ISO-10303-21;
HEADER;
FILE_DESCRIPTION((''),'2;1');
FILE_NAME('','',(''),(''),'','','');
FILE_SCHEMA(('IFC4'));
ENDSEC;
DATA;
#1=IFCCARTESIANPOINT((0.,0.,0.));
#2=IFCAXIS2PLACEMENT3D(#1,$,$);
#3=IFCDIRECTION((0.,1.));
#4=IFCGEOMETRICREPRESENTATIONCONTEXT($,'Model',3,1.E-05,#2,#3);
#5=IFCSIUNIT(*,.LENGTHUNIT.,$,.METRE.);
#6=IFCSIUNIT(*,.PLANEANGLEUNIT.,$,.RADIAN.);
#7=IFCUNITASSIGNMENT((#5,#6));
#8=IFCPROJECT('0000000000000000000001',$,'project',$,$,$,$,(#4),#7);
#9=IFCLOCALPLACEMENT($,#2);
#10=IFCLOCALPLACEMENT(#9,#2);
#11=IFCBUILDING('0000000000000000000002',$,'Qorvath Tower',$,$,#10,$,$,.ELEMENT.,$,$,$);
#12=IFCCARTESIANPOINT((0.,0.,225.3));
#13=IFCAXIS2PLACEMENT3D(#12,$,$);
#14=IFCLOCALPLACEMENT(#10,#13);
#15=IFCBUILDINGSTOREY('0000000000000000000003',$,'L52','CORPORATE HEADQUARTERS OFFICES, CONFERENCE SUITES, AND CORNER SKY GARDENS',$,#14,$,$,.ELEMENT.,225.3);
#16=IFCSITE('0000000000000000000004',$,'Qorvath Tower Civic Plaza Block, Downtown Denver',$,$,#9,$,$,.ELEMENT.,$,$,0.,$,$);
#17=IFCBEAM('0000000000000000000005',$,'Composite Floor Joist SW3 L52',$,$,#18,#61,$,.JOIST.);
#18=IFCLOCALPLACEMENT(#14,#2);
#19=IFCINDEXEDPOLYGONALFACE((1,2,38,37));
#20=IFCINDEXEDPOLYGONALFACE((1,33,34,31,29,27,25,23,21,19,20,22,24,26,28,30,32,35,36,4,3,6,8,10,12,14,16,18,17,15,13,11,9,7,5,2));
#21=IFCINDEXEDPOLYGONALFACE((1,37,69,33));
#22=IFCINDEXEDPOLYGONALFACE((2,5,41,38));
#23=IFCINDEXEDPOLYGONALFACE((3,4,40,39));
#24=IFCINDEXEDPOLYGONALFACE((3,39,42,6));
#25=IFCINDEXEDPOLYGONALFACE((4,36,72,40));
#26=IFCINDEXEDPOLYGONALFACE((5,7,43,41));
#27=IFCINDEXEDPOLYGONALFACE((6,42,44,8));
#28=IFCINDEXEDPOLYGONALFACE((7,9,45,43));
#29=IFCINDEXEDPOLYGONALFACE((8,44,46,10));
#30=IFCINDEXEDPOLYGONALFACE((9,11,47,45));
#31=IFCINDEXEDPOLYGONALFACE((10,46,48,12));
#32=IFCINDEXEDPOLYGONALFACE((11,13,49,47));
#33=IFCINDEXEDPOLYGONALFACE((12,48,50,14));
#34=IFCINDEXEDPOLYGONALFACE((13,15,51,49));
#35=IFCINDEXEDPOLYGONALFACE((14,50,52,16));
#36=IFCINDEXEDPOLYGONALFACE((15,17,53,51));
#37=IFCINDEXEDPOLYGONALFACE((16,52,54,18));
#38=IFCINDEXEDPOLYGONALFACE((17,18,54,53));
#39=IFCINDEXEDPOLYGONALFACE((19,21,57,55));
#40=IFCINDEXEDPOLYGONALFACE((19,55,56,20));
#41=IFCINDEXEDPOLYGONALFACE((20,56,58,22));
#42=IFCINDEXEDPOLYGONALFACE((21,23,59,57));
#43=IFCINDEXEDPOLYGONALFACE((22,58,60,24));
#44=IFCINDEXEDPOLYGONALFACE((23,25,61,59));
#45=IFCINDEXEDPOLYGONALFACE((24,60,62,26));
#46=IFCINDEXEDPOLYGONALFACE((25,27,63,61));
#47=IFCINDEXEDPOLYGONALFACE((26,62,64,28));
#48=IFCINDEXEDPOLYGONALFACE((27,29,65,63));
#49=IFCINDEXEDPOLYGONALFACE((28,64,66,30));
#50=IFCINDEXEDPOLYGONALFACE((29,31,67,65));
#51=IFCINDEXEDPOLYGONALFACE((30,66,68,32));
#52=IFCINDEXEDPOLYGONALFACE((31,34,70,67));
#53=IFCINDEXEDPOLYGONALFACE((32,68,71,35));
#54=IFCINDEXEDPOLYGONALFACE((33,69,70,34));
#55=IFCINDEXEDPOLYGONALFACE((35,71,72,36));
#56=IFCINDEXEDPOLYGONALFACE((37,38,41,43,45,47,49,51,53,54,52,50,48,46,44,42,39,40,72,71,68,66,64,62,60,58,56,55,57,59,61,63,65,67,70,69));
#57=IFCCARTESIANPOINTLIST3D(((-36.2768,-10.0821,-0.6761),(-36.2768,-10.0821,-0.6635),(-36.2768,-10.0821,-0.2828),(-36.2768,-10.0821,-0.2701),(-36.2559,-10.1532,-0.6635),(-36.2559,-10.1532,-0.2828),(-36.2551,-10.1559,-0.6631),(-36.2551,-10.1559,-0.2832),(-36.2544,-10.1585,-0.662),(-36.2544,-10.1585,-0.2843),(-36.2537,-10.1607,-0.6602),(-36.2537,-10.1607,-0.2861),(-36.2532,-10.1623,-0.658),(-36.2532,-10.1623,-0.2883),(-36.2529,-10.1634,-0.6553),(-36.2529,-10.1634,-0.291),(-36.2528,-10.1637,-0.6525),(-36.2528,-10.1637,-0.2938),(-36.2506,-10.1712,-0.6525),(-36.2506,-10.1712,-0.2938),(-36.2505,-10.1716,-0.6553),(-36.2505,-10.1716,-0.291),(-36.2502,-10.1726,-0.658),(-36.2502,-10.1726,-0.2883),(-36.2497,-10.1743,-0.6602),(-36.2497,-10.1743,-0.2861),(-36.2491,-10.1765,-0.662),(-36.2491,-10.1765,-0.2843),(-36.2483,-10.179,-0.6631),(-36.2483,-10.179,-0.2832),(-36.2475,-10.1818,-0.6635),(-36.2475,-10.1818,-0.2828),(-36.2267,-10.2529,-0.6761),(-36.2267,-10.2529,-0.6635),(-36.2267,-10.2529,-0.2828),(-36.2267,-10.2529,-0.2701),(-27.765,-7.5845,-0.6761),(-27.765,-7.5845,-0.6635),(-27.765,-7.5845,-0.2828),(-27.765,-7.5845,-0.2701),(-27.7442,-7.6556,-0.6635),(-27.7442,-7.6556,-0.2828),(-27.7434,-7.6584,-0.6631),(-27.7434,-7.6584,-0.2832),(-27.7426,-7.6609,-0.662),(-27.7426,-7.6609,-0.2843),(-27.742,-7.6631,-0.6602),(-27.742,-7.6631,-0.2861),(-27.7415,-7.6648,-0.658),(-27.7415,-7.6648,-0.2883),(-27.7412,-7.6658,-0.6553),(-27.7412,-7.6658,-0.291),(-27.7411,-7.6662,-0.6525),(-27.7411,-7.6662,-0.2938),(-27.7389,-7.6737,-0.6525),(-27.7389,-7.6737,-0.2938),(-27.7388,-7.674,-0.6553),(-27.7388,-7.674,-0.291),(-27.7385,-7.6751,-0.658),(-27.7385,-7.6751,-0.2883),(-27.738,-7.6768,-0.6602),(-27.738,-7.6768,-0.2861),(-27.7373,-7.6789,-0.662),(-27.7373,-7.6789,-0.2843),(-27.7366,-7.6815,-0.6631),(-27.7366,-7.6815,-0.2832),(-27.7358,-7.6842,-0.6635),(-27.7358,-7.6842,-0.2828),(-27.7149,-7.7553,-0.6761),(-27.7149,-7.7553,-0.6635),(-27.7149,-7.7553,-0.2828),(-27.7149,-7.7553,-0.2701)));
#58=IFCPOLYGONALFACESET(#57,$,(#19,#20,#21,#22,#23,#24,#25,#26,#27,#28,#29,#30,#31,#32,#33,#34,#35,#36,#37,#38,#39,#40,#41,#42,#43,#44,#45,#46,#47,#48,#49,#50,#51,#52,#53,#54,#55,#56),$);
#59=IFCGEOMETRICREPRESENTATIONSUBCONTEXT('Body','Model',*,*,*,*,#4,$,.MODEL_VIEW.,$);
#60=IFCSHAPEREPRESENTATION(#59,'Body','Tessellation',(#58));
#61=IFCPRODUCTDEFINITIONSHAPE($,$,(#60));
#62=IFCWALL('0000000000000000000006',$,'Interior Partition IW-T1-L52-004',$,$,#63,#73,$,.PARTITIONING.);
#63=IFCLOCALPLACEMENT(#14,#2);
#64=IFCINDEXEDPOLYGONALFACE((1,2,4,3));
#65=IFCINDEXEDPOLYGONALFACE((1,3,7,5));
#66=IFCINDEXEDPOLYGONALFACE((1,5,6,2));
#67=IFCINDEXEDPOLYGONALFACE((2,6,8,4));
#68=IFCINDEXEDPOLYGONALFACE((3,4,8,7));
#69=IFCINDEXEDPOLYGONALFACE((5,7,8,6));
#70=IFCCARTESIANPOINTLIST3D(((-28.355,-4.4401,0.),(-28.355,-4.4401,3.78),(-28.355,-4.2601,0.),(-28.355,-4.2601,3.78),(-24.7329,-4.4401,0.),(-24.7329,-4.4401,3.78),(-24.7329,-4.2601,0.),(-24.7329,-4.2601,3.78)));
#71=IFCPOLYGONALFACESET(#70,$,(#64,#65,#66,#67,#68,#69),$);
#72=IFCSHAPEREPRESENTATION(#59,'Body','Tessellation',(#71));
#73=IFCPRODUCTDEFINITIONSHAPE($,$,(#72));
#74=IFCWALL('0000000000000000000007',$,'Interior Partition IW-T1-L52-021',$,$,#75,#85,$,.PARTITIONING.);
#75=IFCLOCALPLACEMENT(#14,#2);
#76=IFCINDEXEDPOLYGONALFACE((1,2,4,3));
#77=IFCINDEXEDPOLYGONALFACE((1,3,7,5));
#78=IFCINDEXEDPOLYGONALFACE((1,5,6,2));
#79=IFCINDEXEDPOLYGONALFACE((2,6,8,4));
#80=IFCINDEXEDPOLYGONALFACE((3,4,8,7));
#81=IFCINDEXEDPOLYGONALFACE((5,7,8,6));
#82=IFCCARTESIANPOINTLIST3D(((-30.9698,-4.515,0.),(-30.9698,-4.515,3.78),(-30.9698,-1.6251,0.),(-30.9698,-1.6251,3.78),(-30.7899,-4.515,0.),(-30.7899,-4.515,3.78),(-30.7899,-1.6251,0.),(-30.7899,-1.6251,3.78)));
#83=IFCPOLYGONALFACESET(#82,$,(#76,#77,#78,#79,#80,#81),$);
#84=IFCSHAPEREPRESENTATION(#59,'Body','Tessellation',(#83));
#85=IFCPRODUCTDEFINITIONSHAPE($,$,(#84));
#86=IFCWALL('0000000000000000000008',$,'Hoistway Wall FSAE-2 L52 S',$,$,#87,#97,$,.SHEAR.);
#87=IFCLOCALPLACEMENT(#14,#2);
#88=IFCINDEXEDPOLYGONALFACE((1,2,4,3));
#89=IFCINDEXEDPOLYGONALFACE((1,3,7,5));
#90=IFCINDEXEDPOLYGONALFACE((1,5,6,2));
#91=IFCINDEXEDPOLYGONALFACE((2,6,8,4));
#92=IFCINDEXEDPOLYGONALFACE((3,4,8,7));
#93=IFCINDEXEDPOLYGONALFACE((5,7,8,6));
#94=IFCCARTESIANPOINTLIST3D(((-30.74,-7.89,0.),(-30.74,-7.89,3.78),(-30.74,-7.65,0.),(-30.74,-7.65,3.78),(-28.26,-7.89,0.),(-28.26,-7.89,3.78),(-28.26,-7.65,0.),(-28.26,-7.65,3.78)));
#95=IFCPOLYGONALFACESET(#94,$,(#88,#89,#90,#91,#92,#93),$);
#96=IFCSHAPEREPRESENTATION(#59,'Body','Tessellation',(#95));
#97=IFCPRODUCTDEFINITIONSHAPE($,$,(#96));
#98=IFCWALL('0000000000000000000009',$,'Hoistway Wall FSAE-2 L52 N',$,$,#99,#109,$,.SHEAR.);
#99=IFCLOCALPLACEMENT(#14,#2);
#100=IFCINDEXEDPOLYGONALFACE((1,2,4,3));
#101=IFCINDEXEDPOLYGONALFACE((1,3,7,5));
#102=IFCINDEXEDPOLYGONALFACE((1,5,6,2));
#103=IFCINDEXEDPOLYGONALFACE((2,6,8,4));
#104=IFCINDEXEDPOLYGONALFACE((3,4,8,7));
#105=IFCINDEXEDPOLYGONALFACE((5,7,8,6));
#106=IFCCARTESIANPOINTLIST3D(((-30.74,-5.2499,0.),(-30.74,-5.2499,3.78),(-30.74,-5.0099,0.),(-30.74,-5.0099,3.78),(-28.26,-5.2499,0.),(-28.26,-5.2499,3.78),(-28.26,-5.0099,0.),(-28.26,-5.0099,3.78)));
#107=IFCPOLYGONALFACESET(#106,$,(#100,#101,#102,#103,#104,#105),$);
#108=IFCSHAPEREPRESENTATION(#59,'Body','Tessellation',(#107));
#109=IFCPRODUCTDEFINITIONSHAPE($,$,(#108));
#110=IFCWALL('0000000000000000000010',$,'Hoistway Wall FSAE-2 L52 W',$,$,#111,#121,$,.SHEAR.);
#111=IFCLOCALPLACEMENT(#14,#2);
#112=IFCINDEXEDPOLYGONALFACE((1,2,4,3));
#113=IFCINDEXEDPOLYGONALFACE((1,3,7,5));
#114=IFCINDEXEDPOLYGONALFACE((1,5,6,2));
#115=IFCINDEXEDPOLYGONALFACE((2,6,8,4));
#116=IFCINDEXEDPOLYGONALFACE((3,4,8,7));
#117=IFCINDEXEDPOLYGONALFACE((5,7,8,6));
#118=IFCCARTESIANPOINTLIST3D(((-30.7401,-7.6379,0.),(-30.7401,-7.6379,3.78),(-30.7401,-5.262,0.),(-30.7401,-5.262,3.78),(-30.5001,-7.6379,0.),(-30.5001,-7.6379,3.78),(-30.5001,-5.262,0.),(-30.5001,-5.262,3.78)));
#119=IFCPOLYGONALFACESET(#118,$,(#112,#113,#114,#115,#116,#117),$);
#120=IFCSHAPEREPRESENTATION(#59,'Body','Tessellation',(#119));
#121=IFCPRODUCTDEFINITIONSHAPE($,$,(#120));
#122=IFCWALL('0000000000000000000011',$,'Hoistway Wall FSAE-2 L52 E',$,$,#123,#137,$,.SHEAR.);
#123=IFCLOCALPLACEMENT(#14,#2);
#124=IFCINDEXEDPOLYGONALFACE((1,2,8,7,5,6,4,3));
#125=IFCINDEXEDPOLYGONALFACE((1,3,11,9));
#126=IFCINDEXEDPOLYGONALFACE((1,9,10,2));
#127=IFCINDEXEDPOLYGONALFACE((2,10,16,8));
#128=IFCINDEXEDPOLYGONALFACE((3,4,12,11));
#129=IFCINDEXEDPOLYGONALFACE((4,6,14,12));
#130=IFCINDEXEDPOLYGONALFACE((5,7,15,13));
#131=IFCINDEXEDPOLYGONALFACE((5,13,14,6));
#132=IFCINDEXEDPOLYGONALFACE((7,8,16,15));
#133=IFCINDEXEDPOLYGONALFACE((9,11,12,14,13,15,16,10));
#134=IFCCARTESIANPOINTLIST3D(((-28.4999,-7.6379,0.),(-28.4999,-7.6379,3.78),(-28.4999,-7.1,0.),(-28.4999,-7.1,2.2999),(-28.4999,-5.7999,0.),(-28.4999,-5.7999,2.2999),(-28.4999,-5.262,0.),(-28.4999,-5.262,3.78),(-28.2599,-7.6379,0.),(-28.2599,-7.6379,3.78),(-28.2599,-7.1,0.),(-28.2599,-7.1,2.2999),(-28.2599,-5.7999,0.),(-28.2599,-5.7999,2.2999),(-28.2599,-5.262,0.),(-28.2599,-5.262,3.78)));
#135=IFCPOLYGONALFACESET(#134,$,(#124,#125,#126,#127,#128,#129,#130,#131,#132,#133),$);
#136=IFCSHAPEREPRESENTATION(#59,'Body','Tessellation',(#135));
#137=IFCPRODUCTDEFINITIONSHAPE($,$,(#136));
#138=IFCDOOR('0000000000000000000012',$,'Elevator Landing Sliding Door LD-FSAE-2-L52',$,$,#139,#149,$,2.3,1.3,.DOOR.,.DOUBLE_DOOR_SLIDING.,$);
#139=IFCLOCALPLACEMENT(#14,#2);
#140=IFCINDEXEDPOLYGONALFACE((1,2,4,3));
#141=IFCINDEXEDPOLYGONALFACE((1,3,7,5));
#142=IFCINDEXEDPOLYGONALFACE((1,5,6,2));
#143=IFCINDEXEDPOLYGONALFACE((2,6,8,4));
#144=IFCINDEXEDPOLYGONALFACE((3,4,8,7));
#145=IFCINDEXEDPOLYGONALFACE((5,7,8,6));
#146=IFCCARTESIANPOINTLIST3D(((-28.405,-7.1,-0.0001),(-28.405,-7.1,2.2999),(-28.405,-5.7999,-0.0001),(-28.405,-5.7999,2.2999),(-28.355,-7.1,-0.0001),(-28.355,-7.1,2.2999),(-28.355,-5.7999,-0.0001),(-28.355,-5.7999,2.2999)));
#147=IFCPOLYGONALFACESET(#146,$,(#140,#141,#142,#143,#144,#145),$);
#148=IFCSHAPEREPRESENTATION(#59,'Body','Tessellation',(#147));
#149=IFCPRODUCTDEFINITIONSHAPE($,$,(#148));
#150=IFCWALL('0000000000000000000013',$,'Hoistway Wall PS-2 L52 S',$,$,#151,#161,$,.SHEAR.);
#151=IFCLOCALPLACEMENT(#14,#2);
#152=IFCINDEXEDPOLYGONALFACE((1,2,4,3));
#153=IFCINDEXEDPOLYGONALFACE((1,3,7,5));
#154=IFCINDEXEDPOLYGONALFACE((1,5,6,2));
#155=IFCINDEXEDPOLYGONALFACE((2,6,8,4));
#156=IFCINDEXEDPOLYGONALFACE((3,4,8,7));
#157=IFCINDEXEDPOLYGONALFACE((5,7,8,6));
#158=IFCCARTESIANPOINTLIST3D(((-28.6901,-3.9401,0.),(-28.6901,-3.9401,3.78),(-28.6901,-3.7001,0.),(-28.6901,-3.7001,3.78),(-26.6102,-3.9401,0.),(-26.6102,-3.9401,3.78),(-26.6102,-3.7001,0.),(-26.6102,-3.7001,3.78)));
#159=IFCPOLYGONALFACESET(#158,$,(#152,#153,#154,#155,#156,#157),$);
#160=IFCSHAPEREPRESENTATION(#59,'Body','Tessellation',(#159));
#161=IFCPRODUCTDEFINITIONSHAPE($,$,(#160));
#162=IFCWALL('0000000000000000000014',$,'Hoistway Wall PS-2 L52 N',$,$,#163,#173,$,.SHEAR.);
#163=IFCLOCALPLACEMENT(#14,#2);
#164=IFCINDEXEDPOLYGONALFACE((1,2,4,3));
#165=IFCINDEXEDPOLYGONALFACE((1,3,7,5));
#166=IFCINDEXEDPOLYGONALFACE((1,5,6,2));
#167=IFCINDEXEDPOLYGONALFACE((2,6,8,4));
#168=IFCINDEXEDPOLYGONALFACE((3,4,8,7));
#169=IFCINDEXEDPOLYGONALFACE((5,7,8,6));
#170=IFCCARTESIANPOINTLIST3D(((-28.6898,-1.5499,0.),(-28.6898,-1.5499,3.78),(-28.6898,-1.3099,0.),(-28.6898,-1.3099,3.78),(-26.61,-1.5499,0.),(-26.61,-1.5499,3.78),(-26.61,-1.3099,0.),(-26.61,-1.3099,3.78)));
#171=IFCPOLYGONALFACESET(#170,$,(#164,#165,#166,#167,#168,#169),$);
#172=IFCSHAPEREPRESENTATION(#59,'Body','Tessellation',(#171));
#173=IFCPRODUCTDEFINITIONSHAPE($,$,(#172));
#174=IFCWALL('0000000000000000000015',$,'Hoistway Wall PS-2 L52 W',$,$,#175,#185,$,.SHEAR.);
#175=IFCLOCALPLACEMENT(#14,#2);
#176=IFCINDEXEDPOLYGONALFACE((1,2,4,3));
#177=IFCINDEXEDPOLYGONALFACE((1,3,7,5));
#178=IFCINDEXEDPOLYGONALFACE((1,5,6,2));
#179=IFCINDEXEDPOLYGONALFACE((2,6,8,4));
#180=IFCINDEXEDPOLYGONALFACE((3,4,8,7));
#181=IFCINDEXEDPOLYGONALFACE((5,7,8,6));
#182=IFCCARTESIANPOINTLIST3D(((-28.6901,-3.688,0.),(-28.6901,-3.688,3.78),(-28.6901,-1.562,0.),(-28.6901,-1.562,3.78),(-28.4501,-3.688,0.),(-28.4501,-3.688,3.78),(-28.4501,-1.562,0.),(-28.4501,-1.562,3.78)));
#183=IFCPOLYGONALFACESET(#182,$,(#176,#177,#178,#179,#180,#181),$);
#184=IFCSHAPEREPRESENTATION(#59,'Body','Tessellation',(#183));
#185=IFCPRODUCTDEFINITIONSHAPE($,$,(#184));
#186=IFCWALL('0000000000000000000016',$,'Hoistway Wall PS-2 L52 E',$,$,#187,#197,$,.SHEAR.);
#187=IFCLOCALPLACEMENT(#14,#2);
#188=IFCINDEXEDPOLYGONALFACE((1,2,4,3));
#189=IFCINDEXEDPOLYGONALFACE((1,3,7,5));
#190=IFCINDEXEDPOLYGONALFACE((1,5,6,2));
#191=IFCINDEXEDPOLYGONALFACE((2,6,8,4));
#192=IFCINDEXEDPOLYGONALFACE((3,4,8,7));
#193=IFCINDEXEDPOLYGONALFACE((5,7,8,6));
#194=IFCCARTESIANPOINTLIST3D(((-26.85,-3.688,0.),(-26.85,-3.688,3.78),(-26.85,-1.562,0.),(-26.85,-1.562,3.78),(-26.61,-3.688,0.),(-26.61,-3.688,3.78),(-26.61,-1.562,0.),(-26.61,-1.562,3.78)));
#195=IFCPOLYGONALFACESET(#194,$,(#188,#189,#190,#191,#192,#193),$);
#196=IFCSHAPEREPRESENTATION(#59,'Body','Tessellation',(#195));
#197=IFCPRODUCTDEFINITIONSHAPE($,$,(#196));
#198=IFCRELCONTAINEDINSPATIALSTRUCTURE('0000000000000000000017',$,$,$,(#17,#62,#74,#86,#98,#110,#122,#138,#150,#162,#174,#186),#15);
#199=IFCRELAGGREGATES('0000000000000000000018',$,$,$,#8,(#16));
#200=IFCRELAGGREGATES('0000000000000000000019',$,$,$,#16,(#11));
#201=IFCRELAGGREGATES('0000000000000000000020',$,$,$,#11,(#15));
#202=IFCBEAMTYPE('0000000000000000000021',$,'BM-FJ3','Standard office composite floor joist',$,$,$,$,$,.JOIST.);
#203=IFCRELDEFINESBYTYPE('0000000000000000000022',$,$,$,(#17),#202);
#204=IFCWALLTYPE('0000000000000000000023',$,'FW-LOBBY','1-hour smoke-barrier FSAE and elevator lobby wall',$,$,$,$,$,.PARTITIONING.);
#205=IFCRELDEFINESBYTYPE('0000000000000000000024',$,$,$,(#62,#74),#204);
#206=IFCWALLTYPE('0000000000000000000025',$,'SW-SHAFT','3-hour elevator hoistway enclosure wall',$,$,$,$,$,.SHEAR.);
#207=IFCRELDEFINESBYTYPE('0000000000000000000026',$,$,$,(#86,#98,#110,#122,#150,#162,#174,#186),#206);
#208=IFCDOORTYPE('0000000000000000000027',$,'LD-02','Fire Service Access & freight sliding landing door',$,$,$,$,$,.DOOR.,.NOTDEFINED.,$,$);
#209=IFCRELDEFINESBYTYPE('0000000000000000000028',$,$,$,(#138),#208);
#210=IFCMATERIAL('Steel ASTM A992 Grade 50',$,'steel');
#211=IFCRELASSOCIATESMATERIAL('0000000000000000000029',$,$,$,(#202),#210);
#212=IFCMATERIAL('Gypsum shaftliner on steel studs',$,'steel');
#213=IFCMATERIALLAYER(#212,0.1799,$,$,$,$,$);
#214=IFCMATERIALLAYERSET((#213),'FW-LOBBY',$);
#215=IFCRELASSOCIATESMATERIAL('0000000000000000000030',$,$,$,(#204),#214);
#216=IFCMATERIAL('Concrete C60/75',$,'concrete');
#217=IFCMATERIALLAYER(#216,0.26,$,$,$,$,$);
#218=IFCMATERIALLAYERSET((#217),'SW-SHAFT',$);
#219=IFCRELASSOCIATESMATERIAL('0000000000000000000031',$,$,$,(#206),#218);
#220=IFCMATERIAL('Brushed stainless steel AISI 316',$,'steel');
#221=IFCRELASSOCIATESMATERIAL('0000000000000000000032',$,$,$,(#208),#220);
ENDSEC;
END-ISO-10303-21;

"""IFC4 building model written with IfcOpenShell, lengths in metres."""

from ifc_helpers import new_model, si_unit, direction, frame, frame_2d, origin, origin_2d, place, context, subcontext, project, spatial, rectangle, i_section, extrude, material, layer, layer_set, material_profile, profile_set, type_object, element, fill, save


model = new_model("IFC4")

# Units and contexts
model_context = context("Model", 3, precision=1e-05, world=origin(), true_north=direction((0.0, 1.0)))
body_context = subcontext(model_context, "Body", "Model", "MODEL_VIEW")
ifc_project = project(units=[si_unit("LENGTHUNIT", "METRE"), si_unit("PLANEANGLEUNIT", "RADIAN")], contexts=[model_context])

# Site, building, storey
site_placement = place(None, origin())
site = spatial("IfcSite", under=ifc_project, at=site_placement, Name="Qorvath Tower Civic Plaza Block, Downtown Denver", CompositionType="ELEMENT", RefElevation=0.0)
building_placement = place(site_placement, origin())
building = spatial("IfcBuilding", under=site, at=building_placement, Name="Qorvath Tower", CompositionType="ELEMENT")
storey_placement = place(building_placement, frame((0.0, 0.0, 225.3)))
storey = spatial("IfcBuildingStorey", under=building, at=storey_placement, Name="L52", Description="CORPORATE HEADQUARTERS OFFICES, CONFERENCE SUITES, AND CORNER SKY GARDENS", CompositionType="ELEMENT", Elevation=225.3)

# Beam
ifc_material_1 = material(Name="Steel ASTM A992 Grade 50", Category="steel")
ifc_material_profile_1 = material_profile(ifc_material_1, i_section(OverallWidth=0.178, OverallDepth=0.406, WebThickness=0.0078, FlangeThickness=0.0127, FilletRadius=0.011, at=origin_2d()), Name="W16x40")
ifc_profile_set_1 = profile_set([ifc_material_profile_1], Name="Steel ASTM A992 Grade 50")
beam_type_1 = type_object("IfcBeamType", Name="BM-FJ3", Description="Standard office composite floor joist", PredefinedType="JOIST", material=ifc_profile_set_1)
beam_1_placement = place(storey_placement, frame((-27.74, -7.6699, -0.4731), z_axis=(-0.959545, -0.281555, 0.0), x_axis=(0.281555, -0.959545, 0.0)))
element("IfcBeam", 1, at=beam_1_placement, inside=storey, type_object=beam_type_1, Name="Composite Floor Joist SW3 L52", PredefinedType="JOIST", context=body_context, shape_type="SweptSolid", body=[
    extrude(i_section(OverallWidth=0.178, OverallDepth=0.406, WebThickness=0.0078, FlangeThickness=0.0127, FilletRadius=0.011, at=origin_2d()), origin(), (0.0, 0.0, 1.0), 8.8706),
])

# Shared definitions
ifc_material_2 = material(Name="Gypsum shaftliner on steel studs", Category="steel")
ifc_layer_1 = layer(ifc_material_2, 0.1799)
ifc_layer_set_1 = layer_set([ifc_layer_1], Name="FW-LOBBY")
wall_type_1 = type_object("IfcWallType", Name="FW-LOBBY", Description="1-hour smoke-barrier FSAE and elevator lobby wall", PredefinedType="PARTITIONING", material=ifc_layer_set_1)

# Walls
wall_1_placement = place(storey_placement, frame((-24.7329, -4.3501, 0.0), z_axis=(0.0, 0.0, 1.0), x_axis=(-1.0, 0.0, 0.0)))
element("IfcWall", 2, at=wall_1_placement, inside=storey, type_object=wall_type_1, Name="Interior Partition IW-T1-L52-004", PredefinedType="PARTITIONING", context=body_context, shape_type="SweptSolid", body=[
    extrude(rectangle(XDim=3.6221, YDim=0.1799, at=frame_2d((1.811, 0.0))), origin(), (0.0, 0.0, 1.0), 3.78),
])
wall_2_placement = place(storey_placement, frame((-30.8799, -4.5149, 0.0), z_axis=(0.0, 0.0, 1.0), x_axis=(0.0, 1.0, 0.0)))
element("IfcWall", 3, at=wall_2_placement, inside=storey, type_object=wall_type_1, Name="Interior Partition IW-T1-L52-021", PredefinedType="PARTITIONING", context=body_context, shape_type="SweptSolid", body=[
    extrude(rectangle(XDim=2.8899, YDim=0.1799, at=frame_2d((1.4448, 0.0))), origin(), (0.0, 0.0, 1.0), 3.78),
])
ifc_material_3 = material(Name="Concrete C60/75", Category="concrete")
ifc_layer_2 = layer(ifc_material_3, 0.26)
ifc_layer_set_2 = layer_set([ifc_layer_2], Name="SW-SHAFT")
wall_type_2 = type_object("IfcWallType", Name="SW-SHAFT", Description="3-hour elevator hoistway enclosure wall", PredefinedType="SHEAR", material=ifc_layer_set_2)
for number, where, z_axis, x_axis, name in (
    (4, (-28.26, -7.77, 0.0), (0.0, 0.0, 1.0), (-1.0, 0.0, 0.0), "Hoistway Wall FSAE-2 L52 S"),
    (5, (-30.74, -5.1299, 0.0), (0.0, 0.0, 1.0), (1.0, 0.0, 0.0), "Hoistway Wall FSAE-2 L52 N"),
):
    element("IfcWall", number, at=place(storey_placement, frame(where, z_axis=z_axis, x_axis=x_axis)), inside=storey, type_object=wall_type_2, Name=name, PredefinedType="SHEAR", context=body_context, shape_type="SweptSolid", body=[
        extrude(rectangle(XDim=2.48, YDim=0.24, at=frame_2d((1.24, 0.0))), origin(), (0.0, 0.0, 1.0), 3.78),
    ])
wall_3_placement = place(storey_placement, frame((-30.6201, -7.6379, 0.0), z_axis=(0.0, 0.0, 1.0), x_axis=(0.0, 1.0, 0.0)))
element("IfcWall", 6, at=wall_3_placement, inside=storey, type_object=wall_type_2, Name="Hoistway Wall FSAE-2 L52 W", PredefinedType="SHEAR", context=body_context, shape_type="SweptSolid", body=[
    extrude(rectangle(XDim=2.376, YDim=0.24, at=frame_2d((1.188, 0.0))), origin(), (0.0, 0.0, 1.0), 3.78),
])

# Wall, opening, door
wall_4_placement = place(storey_placement, frame((-28.3799, -5.262, 0.0), z_axis=(0.0, 0.0, 1.0), x_axis=(0.0, -1.0, 0.0)))
wall_4 = element("IfcWall", 7, at=wall_4_placement, inside=storey, type_object=wall_type_2, Name="Hoistway Wall FSAE-2 L52 E", PredefinedType="SHEAR", context=body_context, shape_type="SweptSolid", body=[
    extrude(rectangle(XDim=2.376, YDim=0.24, at=frame_2d((1.188, 0.0))), origin(), (0.0, 0.0, 1.0), 3.78),
])
opening_1_placement = place(wall_4_placement, frame((0.5381, 0.0, 0.0)))
opening_1 = element("IfcOpeningElement", 8, at=opening_1_placement, cuts=wall_4, PredefinedType="OPENING", context=body_context, shape_type="SweptSolid", body=[
    extrude(rectangle(XDim=1.3, YDim=2.3, at=frame_2d((0.6499, 1.1499))), frame((0.0, 0.1299, 0.0), z_axis=(0.0, -1.0, 0.0), x_axis=(1.0, 0.0, 0.0)), (0.0, 0.0, 1.0), 0.26),
])
ifc_material_4 = material(Name="Brushed stainless steel AISI 316", Category="steel")
door_type_1 = type_object("IfcDoorType", Name="LD-02", Description="Fire Service Access & freight sliding landing door", OperationType="NOTDEFINED", PredefinedType="DOOR", material=ifc_material_4)
door_1_placement = place(opening_1_placement, origin())
door_1 = element("IfcDoor", 9, at=door_1_placement, inside=storey, type_object=door_type_1, Name="Elevator Landing Sliding Door LD-FSAE-2-L52", OperationType="DOUBLE_DOOR_SLIDING", OverallHeight=2.3, OverallWidth=1.3, PredefinedType="DOOR", context=body_context, shape_type="SweptSolid", body=[
    extrude(rectangle(XDim=1.3, YDim=2.3, at=frame_2d((0.6499, 1.1499))), frame((0.0, 0.0249, 0.0), z_axis=(0.0, -1.0, 0.0), x_axis=(1.0, 0.0, 0.0)), (0.0, 0.0, 1.0), 0.05),
])
fill(opening_1, door_1)

# Walls
for number, where, z_axis, x_axis, name in (
    (10, (-26.6101, -3.8201, 0.0), (0.0, 0.0, 1.0), (-1.0, 0.0, 0.0), "Hoistway Wall PS-2 L52 S"),
    (11, (-28.6899, -1.4299, 0.0), (0.0, 0.0, 1.0), (1.0, 0.0, 0.0), "Hoistway Wall PS-2 L52 N"),
):
    element("IfcWall", number, at=place(storey_placement, frame(where, z_axis=z_axis, x_axis=x_axis)), inside=storey, type_object=wall_type_2, Name=name, PredefinedType="SHEAR", context=body_context, shape_type="SweptSolid", body=[
        extrude(rectangle(XDim=2.0798, YDim=0.24, at=frame_2d((1.04, 0.0))), origin(), (0.0, 0.0, 1.0), 3.78),
    ])
for number, where, z_axis, x_axis, name in (
    (12, (-28.5701, -3.688, 0.0), (0.0, 0.0, 1.0), (0.0, 1.0, 0.0), "Hoistway Wall PS-2 L52 W"),
    (13, (-26.73, -1.562, 0.0), (0.0, 0.0, 1.0), (0.0, -1.0, 0.0), "Hoistway Wall PS-2 L52 E"),
):
    element("IfcWall", number, at=place(storey_placement, frame(where, z_axis=z_axis, x_axis=x_axis)), inside=storey, type_object=wall_type_2, Name=name, PredefinedType="SHEAR", context=body_context, shape_type="SweptSolid", body=[
        extrude(rectangle(XDim=2.126, YDim=0.24, at=frame_2d((1.063, 0.0))), origin(), (0.0, 0.0, 1.0), 3.78),
    ])

save(model, "model.ifc")
